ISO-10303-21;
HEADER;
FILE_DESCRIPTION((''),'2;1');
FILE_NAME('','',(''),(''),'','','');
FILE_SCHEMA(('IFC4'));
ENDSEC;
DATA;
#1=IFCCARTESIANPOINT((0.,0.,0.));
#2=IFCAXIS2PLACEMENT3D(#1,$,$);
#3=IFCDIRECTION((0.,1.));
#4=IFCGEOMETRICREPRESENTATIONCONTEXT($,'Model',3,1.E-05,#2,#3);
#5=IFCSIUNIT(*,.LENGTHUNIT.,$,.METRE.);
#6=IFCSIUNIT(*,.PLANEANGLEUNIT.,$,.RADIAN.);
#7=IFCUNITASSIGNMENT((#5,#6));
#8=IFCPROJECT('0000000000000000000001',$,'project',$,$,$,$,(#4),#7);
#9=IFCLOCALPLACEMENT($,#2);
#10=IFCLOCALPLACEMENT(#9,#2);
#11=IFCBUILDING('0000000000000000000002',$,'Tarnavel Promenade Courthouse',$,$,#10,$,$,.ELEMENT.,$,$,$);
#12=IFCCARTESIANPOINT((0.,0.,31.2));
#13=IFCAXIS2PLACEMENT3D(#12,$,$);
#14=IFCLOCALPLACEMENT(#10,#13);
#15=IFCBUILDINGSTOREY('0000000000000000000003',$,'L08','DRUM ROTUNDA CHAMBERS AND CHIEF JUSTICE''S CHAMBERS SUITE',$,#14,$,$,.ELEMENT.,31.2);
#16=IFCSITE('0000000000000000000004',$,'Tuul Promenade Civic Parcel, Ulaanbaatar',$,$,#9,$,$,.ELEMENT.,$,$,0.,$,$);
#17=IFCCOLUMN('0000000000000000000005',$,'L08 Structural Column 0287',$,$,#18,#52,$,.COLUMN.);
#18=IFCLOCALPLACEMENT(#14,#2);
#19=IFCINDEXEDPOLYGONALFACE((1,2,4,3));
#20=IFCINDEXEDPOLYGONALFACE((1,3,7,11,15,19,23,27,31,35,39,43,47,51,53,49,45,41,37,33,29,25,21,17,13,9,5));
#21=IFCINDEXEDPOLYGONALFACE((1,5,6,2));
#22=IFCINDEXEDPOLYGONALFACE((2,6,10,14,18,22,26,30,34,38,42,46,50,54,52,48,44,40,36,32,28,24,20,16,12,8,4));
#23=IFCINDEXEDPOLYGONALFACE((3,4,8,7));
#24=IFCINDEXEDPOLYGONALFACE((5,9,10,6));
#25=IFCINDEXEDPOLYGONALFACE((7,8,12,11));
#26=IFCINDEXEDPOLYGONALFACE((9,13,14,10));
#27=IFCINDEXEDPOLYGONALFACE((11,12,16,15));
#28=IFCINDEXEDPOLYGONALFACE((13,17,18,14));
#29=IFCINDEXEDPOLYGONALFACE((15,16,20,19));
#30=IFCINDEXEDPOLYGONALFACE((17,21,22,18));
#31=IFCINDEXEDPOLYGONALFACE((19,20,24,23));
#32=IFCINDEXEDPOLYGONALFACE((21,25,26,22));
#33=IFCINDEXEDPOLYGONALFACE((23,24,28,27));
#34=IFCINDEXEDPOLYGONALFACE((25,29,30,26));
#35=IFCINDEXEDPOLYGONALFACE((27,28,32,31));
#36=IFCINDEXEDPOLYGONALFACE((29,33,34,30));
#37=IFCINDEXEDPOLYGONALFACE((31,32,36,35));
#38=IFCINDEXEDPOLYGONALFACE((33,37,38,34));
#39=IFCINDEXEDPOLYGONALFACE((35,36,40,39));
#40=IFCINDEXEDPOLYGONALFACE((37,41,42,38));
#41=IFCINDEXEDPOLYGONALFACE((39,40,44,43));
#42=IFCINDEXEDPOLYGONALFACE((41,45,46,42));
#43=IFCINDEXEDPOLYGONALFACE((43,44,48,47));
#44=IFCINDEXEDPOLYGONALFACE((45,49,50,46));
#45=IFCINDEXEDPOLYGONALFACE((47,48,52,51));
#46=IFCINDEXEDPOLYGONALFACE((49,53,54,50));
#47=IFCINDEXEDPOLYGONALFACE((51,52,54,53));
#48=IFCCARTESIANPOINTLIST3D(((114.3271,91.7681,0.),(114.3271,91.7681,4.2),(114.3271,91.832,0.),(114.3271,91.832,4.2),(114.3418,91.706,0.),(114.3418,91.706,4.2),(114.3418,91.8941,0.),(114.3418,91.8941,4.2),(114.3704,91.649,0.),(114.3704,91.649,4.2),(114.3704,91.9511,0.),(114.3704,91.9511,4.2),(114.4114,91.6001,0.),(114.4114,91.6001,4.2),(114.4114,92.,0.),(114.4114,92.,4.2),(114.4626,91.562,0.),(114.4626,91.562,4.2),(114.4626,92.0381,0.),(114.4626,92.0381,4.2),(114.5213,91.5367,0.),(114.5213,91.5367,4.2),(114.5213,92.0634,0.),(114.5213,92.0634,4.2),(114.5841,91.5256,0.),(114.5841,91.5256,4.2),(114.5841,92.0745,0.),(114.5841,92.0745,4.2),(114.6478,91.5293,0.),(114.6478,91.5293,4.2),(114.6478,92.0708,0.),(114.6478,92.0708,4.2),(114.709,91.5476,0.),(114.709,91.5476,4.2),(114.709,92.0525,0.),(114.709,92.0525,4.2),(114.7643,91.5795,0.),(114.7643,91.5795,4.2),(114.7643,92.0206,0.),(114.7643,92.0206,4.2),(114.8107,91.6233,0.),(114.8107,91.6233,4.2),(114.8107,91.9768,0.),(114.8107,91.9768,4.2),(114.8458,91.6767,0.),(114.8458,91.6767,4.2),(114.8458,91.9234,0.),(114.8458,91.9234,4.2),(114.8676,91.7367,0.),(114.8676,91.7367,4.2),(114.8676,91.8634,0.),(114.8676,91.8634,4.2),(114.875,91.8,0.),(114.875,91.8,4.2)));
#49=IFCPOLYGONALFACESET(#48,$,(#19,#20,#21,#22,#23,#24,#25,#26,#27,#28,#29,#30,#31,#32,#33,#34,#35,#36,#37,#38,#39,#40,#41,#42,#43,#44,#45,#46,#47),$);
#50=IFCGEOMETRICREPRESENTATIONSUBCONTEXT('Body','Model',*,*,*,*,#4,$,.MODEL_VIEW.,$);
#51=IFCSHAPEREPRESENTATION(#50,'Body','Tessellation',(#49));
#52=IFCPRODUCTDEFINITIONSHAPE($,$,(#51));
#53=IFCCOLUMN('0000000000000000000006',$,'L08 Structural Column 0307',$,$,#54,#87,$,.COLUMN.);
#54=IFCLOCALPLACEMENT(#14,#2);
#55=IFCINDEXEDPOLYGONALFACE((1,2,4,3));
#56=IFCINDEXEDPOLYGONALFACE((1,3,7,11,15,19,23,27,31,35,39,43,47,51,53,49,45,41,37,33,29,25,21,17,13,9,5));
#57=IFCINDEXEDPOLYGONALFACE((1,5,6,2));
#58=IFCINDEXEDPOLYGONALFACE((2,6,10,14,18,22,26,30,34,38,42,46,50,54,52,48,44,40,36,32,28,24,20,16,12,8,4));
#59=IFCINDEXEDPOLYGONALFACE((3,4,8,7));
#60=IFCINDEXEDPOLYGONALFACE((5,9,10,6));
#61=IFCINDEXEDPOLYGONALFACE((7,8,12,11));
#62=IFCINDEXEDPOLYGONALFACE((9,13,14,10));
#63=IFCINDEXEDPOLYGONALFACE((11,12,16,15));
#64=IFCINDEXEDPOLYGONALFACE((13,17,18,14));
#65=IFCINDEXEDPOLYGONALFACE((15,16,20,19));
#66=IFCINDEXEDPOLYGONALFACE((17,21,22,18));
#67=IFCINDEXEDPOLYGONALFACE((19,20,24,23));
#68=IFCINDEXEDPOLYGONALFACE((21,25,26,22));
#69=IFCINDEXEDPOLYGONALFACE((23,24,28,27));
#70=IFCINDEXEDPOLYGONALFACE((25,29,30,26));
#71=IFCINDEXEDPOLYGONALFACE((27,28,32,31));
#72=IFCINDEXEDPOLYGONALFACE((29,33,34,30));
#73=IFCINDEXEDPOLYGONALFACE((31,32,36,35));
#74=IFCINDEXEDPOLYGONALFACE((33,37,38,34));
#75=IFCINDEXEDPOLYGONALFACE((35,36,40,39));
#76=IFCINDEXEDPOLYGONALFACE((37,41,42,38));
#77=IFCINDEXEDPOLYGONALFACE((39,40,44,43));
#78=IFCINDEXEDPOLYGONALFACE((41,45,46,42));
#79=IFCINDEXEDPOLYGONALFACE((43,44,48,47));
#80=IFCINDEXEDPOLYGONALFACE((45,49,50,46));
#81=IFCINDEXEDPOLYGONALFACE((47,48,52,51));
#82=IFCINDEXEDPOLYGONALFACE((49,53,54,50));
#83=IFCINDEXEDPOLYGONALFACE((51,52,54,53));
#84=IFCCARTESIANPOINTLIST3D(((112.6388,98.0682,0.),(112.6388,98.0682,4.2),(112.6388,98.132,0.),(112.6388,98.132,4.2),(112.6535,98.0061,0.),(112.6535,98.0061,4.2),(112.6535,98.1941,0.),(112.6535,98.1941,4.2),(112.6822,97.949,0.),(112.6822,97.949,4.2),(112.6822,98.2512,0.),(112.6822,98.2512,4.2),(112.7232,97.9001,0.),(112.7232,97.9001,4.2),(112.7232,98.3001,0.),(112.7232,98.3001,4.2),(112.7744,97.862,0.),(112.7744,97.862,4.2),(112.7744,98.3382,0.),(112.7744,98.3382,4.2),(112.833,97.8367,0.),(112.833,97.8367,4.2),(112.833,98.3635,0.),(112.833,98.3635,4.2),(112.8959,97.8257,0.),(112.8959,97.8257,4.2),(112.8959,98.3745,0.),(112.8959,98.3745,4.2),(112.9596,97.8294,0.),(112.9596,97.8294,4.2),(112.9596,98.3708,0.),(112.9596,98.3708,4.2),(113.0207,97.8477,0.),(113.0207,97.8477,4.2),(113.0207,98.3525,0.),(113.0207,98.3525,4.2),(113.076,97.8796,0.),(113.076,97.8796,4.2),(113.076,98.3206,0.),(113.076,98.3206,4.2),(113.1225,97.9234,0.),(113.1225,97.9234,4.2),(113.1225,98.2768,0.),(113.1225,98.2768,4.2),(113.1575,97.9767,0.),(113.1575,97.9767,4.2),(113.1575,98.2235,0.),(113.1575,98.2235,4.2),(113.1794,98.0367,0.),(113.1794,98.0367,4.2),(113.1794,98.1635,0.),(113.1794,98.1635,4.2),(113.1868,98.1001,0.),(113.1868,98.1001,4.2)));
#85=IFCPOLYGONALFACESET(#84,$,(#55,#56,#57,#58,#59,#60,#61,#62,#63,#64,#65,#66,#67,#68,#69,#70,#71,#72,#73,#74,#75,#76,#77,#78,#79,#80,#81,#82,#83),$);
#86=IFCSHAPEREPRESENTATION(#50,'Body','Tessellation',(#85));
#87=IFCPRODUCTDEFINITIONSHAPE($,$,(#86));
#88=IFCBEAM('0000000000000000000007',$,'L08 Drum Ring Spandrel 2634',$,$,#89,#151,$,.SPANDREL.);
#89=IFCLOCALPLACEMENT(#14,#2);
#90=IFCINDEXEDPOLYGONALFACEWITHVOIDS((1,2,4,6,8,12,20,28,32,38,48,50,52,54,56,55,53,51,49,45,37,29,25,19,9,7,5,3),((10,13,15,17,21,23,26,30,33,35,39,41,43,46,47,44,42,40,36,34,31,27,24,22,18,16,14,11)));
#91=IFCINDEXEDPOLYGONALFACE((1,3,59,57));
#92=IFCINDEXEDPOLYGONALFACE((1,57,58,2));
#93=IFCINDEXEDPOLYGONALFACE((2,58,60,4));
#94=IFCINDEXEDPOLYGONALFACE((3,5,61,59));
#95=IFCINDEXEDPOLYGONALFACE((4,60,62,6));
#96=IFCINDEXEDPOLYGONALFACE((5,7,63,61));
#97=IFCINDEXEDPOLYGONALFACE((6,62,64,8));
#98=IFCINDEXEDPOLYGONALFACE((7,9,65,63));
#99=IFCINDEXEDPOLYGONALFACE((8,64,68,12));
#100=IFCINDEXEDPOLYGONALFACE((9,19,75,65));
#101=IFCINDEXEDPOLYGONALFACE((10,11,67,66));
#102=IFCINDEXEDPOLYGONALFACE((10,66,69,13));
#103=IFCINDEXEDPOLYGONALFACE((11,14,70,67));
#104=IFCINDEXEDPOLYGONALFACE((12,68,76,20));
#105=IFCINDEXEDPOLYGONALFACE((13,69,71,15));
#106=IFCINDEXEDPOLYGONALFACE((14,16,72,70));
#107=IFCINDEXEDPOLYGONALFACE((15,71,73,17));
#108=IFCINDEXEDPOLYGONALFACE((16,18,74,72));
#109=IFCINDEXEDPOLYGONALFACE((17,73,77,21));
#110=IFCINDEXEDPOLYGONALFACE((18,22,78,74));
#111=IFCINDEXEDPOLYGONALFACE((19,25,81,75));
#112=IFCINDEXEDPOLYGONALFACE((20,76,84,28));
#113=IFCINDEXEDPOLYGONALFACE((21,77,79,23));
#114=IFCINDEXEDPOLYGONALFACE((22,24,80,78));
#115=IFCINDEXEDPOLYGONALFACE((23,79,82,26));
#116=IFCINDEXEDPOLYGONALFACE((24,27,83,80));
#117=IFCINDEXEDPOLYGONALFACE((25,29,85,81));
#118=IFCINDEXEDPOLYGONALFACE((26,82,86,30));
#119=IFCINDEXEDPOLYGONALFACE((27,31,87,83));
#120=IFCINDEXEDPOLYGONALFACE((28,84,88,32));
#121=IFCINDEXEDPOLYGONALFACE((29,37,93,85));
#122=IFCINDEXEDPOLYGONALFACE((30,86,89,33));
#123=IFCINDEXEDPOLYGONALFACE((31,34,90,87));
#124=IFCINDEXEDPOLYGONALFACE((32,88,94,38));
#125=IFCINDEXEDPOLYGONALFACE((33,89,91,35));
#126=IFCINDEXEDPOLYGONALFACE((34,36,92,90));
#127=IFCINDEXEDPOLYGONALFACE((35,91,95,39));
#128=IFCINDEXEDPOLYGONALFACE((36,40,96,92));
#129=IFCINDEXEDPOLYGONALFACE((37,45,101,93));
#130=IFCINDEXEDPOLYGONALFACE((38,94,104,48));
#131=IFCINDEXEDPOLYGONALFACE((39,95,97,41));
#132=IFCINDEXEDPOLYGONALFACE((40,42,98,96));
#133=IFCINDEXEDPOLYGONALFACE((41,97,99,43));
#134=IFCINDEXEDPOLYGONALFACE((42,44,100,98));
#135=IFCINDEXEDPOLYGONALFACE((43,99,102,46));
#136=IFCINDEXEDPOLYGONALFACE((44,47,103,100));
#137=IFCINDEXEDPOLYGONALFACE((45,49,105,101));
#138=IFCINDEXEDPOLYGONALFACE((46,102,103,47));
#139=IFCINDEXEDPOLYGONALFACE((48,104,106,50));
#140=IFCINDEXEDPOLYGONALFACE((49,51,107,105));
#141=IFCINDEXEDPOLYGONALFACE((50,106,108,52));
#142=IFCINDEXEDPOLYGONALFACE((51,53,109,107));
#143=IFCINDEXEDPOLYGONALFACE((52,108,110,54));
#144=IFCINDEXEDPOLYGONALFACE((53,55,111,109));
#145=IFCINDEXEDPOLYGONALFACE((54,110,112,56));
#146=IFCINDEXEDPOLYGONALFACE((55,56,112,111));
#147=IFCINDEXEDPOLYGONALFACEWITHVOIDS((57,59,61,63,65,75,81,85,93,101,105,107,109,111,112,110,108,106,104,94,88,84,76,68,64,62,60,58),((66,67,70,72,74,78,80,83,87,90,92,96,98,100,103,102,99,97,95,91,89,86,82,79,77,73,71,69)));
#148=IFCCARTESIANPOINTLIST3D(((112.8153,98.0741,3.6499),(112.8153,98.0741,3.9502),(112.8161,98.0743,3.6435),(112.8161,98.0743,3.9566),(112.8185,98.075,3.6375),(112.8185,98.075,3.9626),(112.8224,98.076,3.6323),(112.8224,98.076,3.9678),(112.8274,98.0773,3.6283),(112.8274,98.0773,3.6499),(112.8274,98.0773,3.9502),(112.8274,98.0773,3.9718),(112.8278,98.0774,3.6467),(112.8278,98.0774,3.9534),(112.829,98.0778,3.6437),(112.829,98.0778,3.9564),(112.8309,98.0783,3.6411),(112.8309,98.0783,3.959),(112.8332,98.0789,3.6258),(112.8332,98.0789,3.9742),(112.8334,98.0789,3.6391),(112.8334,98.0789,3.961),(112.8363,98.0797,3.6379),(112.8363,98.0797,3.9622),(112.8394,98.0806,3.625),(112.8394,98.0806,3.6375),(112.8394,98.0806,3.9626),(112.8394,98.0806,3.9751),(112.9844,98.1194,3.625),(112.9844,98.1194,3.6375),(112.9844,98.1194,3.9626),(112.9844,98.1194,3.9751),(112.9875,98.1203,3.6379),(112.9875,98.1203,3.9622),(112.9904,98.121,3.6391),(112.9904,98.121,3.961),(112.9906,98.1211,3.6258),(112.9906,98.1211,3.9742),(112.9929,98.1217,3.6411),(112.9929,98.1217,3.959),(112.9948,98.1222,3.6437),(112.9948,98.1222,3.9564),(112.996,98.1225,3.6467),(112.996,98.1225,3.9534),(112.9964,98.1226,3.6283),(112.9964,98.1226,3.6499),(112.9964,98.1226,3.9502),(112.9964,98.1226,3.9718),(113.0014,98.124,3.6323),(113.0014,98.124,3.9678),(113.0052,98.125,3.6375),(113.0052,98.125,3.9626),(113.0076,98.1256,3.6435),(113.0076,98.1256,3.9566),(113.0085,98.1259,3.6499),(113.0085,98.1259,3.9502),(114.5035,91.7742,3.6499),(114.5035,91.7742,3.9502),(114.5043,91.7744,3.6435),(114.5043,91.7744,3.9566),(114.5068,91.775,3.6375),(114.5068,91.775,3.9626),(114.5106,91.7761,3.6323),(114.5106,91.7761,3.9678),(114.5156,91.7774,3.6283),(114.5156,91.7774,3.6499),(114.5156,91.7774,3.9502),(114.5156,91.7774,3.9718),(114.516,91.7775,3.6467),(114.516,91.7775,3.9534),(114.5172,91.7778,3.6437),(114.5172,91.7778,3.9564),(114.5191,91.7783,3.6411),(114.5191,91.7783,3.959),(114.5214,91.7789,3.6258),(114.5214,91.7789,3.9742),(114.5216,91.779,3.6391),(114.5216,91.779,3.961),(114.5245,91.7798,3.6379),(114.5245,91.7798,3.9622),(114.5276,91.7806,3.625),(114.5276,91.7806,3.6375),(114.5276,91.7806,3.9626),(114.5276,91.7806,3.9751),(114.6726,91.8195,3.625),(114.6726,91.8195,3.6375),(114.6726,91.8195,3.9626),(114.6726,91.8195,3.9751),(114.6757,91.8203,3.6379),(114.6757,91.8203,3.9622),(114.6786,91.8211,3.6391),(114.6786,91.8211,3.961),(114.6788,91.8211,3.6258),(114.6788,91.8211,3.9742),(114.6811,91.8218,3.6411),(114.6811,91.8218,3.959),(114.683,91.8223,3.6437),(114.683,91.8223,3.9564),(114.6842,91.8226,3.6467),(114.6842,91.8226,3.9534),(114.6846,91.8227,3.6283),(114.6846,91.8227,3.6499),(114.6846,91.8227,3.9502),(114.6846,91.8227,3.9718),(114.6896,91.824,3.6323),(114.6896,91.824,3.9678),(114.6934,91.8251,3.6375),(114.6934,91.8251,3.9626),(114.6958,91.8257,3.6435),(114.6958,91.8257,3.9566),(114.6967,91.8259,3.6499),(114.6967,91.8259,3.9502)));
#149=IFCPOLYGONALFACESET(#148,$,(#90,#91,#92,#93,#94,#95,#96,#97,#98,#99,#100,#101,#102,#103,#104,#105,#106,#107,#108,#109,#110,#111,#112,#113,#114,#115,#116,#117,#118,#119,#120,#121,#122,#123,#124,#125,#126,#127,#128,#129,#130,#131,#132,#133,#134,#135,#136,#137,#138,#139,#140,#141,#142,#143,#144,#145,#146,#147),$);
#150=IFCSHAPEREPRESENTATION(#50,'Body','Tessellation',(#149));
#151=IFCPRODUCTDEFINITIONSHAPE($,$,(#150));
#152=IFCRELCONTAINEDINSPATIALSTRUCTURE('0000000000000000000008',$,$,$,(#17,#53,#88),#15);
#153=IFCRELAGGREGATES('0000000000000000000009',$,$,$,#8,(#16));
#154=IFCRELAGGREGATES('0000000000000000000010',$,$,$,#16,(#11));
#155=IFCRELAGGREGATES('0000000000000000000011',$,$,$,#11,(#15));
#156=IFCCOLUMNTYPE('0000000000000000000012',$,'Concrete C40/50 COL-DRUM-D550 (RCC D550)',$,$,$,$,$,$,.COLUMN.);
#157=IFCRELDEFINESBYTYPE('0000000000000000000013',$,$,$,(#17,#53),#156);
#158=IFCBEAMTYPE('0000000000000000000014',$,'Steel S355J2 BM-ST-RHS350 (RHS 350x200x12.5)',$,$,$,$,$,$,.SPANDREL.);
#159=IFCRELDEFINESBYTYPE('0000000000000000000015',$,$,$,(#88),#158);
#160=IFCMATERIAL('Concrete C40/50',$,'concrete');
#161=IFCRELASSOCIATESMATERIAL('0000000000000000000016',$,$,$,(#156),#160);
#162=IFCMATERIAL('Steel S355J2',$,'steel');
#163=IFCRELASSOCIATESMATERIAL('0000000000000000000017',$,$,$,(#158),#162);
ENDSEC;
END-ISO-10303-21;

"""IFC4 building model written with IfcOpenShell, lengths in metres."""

from ifc_helpers import new_model, si_unit, direction, frame, origin, origin_2d, place, context, subcontext, project, spatial, hollow_rectangle, circle, extrude, material, material_profile, profile_set, type_object, element, save


model = new_model("IFC4")

# Units and contexts
model_context = context("Model", 3, precision=1e-05, world=origin(), true_north=direction((0.0, 1.0)))
body_context = subcontext(model_context, "Body", "Model", "MODEL_VIEW")
ifc_project = project(units=[si_unit("LENGTHUNIT", "METRE"), si_unit("PLANEANGLEUNIT", "RADIAN")], contexts=[model_context])

# Site, building, storey
site_placement = place(None, origin())
site = spatial("IfcSite", under=ifc_project, at=site_placement, Name="Tuul Promenade Civic Parcel, Ulaanbaatar", CompositionType="ELEMENT", RefElevation=0.0)
building_placement = place(site_placement, origin())
building = spatial("IfcBuilding", under=site, at=building_placement, Name="Tarnavel Promenade Courthouse", CompositionType="ELEMENT")
storey_placement = place(building_placement, frame((0.0, 0.0, 31.2)))
storey = spatial("IfcBuildingStorey", under=building, at=storey_placement, Name="L08", Description="DRUM ROTUNDA CHAMBERS AND CHIEF JUSTICE'S CHAMBERS SUITE", CompositionType="ELEMENT", Elevation=31.2)

# Columns
ifc_material_1 = material(Name="Concrete C40/50", Category="concrete")
ifc_material_profile_1 = material_profile(ifc_material_1, circle(Radius=0.2749, at=origin_2d()), Name="RCC D550")
ifc_profile_set_1 = profile_set([ifc_material_profile_1], Name="Concrete C40/50")
column_type = type_object("IfcColumnType", Name="Concrete C40/50 COL-DRUM-D550 (RCC D550)", PredefinedType="COLUMN", material=ifc_profile_set_1)
for number, where, z_axis, x_axis, name in (
    (1, (114.6001, 91.8, 0.0), (0.0, 0.0, 1.0), (1.0, 0.0, 0.0), "L08 Structural Column 0287"),
    (2, (112.9119, 98.1001, 0.0), (0.0, 0.0, 1.0), (1.0, 0.0, 0.0), "L08 Structural Column 0307"),
):
    element("IfcColumn", number, at=place(storey_placement, frame(where, z_axis=z_axis, x_axis=x_axis)), inside=storey, type_object=column_type, Name=name, PredefinedType="COLUMN", context=body_context, shape_type="SweptSolid", body=[
        extrude(circle(Radius=0.2749, at=origin_2d()), origin(), (0.0, 0.0, 1.0), 4.2),
    ])

# Beam
ifc_material_2 = material(Name="Steel S355J2", Category="steel")
ifc_material_profile_2 = material_profile(ifc_material_2, hollow_rectangle(XDim=0.2, YDim=0.3501, WallThickness=0.0125, InnerFilletRadius=0.0125, OuterFilletRadius=0.0249, at=origin_2d()), Name="RHS 350x200x12.5")
ifc_profile_set_2 = profile_set([ifc_material_profile_2], Name="Steel S355J2")
beam_type = type_object("IfcBeamType", Name="Steel S355J2 BM-ST-RHS350 (RHS 350x200x12.5)", PredefinedType="SPANDREL", material=ifc_profile_set_2)
beam_1_placement = place(storey_placement, frame((114.6001, 91.8, 3.8), z_axis=(-0.258839, 0.96592, 0.0), x_axis=(-0.96592, -0.258839, 0.0)))
element("IfcBeam", 3, at=beam_1_placement, inside=storey, type_object=beam_type, Name="L08 Drum Ring Spandrel 2634", PredefinedType="SPANDREL", context=body_context, shape_type="SweptSolid", body=[
    extrude(hollow_rectangle(XDim=0.2, YDim=0.3501, WallThickness=0.0125, InnerFilletRadius=0.0125, OuterFilletRadius=0.0249, at=origin_2d()), origin(), (0.0, 0.0, 1.0), 6.5222),
])

save(model, "model.ifc")
